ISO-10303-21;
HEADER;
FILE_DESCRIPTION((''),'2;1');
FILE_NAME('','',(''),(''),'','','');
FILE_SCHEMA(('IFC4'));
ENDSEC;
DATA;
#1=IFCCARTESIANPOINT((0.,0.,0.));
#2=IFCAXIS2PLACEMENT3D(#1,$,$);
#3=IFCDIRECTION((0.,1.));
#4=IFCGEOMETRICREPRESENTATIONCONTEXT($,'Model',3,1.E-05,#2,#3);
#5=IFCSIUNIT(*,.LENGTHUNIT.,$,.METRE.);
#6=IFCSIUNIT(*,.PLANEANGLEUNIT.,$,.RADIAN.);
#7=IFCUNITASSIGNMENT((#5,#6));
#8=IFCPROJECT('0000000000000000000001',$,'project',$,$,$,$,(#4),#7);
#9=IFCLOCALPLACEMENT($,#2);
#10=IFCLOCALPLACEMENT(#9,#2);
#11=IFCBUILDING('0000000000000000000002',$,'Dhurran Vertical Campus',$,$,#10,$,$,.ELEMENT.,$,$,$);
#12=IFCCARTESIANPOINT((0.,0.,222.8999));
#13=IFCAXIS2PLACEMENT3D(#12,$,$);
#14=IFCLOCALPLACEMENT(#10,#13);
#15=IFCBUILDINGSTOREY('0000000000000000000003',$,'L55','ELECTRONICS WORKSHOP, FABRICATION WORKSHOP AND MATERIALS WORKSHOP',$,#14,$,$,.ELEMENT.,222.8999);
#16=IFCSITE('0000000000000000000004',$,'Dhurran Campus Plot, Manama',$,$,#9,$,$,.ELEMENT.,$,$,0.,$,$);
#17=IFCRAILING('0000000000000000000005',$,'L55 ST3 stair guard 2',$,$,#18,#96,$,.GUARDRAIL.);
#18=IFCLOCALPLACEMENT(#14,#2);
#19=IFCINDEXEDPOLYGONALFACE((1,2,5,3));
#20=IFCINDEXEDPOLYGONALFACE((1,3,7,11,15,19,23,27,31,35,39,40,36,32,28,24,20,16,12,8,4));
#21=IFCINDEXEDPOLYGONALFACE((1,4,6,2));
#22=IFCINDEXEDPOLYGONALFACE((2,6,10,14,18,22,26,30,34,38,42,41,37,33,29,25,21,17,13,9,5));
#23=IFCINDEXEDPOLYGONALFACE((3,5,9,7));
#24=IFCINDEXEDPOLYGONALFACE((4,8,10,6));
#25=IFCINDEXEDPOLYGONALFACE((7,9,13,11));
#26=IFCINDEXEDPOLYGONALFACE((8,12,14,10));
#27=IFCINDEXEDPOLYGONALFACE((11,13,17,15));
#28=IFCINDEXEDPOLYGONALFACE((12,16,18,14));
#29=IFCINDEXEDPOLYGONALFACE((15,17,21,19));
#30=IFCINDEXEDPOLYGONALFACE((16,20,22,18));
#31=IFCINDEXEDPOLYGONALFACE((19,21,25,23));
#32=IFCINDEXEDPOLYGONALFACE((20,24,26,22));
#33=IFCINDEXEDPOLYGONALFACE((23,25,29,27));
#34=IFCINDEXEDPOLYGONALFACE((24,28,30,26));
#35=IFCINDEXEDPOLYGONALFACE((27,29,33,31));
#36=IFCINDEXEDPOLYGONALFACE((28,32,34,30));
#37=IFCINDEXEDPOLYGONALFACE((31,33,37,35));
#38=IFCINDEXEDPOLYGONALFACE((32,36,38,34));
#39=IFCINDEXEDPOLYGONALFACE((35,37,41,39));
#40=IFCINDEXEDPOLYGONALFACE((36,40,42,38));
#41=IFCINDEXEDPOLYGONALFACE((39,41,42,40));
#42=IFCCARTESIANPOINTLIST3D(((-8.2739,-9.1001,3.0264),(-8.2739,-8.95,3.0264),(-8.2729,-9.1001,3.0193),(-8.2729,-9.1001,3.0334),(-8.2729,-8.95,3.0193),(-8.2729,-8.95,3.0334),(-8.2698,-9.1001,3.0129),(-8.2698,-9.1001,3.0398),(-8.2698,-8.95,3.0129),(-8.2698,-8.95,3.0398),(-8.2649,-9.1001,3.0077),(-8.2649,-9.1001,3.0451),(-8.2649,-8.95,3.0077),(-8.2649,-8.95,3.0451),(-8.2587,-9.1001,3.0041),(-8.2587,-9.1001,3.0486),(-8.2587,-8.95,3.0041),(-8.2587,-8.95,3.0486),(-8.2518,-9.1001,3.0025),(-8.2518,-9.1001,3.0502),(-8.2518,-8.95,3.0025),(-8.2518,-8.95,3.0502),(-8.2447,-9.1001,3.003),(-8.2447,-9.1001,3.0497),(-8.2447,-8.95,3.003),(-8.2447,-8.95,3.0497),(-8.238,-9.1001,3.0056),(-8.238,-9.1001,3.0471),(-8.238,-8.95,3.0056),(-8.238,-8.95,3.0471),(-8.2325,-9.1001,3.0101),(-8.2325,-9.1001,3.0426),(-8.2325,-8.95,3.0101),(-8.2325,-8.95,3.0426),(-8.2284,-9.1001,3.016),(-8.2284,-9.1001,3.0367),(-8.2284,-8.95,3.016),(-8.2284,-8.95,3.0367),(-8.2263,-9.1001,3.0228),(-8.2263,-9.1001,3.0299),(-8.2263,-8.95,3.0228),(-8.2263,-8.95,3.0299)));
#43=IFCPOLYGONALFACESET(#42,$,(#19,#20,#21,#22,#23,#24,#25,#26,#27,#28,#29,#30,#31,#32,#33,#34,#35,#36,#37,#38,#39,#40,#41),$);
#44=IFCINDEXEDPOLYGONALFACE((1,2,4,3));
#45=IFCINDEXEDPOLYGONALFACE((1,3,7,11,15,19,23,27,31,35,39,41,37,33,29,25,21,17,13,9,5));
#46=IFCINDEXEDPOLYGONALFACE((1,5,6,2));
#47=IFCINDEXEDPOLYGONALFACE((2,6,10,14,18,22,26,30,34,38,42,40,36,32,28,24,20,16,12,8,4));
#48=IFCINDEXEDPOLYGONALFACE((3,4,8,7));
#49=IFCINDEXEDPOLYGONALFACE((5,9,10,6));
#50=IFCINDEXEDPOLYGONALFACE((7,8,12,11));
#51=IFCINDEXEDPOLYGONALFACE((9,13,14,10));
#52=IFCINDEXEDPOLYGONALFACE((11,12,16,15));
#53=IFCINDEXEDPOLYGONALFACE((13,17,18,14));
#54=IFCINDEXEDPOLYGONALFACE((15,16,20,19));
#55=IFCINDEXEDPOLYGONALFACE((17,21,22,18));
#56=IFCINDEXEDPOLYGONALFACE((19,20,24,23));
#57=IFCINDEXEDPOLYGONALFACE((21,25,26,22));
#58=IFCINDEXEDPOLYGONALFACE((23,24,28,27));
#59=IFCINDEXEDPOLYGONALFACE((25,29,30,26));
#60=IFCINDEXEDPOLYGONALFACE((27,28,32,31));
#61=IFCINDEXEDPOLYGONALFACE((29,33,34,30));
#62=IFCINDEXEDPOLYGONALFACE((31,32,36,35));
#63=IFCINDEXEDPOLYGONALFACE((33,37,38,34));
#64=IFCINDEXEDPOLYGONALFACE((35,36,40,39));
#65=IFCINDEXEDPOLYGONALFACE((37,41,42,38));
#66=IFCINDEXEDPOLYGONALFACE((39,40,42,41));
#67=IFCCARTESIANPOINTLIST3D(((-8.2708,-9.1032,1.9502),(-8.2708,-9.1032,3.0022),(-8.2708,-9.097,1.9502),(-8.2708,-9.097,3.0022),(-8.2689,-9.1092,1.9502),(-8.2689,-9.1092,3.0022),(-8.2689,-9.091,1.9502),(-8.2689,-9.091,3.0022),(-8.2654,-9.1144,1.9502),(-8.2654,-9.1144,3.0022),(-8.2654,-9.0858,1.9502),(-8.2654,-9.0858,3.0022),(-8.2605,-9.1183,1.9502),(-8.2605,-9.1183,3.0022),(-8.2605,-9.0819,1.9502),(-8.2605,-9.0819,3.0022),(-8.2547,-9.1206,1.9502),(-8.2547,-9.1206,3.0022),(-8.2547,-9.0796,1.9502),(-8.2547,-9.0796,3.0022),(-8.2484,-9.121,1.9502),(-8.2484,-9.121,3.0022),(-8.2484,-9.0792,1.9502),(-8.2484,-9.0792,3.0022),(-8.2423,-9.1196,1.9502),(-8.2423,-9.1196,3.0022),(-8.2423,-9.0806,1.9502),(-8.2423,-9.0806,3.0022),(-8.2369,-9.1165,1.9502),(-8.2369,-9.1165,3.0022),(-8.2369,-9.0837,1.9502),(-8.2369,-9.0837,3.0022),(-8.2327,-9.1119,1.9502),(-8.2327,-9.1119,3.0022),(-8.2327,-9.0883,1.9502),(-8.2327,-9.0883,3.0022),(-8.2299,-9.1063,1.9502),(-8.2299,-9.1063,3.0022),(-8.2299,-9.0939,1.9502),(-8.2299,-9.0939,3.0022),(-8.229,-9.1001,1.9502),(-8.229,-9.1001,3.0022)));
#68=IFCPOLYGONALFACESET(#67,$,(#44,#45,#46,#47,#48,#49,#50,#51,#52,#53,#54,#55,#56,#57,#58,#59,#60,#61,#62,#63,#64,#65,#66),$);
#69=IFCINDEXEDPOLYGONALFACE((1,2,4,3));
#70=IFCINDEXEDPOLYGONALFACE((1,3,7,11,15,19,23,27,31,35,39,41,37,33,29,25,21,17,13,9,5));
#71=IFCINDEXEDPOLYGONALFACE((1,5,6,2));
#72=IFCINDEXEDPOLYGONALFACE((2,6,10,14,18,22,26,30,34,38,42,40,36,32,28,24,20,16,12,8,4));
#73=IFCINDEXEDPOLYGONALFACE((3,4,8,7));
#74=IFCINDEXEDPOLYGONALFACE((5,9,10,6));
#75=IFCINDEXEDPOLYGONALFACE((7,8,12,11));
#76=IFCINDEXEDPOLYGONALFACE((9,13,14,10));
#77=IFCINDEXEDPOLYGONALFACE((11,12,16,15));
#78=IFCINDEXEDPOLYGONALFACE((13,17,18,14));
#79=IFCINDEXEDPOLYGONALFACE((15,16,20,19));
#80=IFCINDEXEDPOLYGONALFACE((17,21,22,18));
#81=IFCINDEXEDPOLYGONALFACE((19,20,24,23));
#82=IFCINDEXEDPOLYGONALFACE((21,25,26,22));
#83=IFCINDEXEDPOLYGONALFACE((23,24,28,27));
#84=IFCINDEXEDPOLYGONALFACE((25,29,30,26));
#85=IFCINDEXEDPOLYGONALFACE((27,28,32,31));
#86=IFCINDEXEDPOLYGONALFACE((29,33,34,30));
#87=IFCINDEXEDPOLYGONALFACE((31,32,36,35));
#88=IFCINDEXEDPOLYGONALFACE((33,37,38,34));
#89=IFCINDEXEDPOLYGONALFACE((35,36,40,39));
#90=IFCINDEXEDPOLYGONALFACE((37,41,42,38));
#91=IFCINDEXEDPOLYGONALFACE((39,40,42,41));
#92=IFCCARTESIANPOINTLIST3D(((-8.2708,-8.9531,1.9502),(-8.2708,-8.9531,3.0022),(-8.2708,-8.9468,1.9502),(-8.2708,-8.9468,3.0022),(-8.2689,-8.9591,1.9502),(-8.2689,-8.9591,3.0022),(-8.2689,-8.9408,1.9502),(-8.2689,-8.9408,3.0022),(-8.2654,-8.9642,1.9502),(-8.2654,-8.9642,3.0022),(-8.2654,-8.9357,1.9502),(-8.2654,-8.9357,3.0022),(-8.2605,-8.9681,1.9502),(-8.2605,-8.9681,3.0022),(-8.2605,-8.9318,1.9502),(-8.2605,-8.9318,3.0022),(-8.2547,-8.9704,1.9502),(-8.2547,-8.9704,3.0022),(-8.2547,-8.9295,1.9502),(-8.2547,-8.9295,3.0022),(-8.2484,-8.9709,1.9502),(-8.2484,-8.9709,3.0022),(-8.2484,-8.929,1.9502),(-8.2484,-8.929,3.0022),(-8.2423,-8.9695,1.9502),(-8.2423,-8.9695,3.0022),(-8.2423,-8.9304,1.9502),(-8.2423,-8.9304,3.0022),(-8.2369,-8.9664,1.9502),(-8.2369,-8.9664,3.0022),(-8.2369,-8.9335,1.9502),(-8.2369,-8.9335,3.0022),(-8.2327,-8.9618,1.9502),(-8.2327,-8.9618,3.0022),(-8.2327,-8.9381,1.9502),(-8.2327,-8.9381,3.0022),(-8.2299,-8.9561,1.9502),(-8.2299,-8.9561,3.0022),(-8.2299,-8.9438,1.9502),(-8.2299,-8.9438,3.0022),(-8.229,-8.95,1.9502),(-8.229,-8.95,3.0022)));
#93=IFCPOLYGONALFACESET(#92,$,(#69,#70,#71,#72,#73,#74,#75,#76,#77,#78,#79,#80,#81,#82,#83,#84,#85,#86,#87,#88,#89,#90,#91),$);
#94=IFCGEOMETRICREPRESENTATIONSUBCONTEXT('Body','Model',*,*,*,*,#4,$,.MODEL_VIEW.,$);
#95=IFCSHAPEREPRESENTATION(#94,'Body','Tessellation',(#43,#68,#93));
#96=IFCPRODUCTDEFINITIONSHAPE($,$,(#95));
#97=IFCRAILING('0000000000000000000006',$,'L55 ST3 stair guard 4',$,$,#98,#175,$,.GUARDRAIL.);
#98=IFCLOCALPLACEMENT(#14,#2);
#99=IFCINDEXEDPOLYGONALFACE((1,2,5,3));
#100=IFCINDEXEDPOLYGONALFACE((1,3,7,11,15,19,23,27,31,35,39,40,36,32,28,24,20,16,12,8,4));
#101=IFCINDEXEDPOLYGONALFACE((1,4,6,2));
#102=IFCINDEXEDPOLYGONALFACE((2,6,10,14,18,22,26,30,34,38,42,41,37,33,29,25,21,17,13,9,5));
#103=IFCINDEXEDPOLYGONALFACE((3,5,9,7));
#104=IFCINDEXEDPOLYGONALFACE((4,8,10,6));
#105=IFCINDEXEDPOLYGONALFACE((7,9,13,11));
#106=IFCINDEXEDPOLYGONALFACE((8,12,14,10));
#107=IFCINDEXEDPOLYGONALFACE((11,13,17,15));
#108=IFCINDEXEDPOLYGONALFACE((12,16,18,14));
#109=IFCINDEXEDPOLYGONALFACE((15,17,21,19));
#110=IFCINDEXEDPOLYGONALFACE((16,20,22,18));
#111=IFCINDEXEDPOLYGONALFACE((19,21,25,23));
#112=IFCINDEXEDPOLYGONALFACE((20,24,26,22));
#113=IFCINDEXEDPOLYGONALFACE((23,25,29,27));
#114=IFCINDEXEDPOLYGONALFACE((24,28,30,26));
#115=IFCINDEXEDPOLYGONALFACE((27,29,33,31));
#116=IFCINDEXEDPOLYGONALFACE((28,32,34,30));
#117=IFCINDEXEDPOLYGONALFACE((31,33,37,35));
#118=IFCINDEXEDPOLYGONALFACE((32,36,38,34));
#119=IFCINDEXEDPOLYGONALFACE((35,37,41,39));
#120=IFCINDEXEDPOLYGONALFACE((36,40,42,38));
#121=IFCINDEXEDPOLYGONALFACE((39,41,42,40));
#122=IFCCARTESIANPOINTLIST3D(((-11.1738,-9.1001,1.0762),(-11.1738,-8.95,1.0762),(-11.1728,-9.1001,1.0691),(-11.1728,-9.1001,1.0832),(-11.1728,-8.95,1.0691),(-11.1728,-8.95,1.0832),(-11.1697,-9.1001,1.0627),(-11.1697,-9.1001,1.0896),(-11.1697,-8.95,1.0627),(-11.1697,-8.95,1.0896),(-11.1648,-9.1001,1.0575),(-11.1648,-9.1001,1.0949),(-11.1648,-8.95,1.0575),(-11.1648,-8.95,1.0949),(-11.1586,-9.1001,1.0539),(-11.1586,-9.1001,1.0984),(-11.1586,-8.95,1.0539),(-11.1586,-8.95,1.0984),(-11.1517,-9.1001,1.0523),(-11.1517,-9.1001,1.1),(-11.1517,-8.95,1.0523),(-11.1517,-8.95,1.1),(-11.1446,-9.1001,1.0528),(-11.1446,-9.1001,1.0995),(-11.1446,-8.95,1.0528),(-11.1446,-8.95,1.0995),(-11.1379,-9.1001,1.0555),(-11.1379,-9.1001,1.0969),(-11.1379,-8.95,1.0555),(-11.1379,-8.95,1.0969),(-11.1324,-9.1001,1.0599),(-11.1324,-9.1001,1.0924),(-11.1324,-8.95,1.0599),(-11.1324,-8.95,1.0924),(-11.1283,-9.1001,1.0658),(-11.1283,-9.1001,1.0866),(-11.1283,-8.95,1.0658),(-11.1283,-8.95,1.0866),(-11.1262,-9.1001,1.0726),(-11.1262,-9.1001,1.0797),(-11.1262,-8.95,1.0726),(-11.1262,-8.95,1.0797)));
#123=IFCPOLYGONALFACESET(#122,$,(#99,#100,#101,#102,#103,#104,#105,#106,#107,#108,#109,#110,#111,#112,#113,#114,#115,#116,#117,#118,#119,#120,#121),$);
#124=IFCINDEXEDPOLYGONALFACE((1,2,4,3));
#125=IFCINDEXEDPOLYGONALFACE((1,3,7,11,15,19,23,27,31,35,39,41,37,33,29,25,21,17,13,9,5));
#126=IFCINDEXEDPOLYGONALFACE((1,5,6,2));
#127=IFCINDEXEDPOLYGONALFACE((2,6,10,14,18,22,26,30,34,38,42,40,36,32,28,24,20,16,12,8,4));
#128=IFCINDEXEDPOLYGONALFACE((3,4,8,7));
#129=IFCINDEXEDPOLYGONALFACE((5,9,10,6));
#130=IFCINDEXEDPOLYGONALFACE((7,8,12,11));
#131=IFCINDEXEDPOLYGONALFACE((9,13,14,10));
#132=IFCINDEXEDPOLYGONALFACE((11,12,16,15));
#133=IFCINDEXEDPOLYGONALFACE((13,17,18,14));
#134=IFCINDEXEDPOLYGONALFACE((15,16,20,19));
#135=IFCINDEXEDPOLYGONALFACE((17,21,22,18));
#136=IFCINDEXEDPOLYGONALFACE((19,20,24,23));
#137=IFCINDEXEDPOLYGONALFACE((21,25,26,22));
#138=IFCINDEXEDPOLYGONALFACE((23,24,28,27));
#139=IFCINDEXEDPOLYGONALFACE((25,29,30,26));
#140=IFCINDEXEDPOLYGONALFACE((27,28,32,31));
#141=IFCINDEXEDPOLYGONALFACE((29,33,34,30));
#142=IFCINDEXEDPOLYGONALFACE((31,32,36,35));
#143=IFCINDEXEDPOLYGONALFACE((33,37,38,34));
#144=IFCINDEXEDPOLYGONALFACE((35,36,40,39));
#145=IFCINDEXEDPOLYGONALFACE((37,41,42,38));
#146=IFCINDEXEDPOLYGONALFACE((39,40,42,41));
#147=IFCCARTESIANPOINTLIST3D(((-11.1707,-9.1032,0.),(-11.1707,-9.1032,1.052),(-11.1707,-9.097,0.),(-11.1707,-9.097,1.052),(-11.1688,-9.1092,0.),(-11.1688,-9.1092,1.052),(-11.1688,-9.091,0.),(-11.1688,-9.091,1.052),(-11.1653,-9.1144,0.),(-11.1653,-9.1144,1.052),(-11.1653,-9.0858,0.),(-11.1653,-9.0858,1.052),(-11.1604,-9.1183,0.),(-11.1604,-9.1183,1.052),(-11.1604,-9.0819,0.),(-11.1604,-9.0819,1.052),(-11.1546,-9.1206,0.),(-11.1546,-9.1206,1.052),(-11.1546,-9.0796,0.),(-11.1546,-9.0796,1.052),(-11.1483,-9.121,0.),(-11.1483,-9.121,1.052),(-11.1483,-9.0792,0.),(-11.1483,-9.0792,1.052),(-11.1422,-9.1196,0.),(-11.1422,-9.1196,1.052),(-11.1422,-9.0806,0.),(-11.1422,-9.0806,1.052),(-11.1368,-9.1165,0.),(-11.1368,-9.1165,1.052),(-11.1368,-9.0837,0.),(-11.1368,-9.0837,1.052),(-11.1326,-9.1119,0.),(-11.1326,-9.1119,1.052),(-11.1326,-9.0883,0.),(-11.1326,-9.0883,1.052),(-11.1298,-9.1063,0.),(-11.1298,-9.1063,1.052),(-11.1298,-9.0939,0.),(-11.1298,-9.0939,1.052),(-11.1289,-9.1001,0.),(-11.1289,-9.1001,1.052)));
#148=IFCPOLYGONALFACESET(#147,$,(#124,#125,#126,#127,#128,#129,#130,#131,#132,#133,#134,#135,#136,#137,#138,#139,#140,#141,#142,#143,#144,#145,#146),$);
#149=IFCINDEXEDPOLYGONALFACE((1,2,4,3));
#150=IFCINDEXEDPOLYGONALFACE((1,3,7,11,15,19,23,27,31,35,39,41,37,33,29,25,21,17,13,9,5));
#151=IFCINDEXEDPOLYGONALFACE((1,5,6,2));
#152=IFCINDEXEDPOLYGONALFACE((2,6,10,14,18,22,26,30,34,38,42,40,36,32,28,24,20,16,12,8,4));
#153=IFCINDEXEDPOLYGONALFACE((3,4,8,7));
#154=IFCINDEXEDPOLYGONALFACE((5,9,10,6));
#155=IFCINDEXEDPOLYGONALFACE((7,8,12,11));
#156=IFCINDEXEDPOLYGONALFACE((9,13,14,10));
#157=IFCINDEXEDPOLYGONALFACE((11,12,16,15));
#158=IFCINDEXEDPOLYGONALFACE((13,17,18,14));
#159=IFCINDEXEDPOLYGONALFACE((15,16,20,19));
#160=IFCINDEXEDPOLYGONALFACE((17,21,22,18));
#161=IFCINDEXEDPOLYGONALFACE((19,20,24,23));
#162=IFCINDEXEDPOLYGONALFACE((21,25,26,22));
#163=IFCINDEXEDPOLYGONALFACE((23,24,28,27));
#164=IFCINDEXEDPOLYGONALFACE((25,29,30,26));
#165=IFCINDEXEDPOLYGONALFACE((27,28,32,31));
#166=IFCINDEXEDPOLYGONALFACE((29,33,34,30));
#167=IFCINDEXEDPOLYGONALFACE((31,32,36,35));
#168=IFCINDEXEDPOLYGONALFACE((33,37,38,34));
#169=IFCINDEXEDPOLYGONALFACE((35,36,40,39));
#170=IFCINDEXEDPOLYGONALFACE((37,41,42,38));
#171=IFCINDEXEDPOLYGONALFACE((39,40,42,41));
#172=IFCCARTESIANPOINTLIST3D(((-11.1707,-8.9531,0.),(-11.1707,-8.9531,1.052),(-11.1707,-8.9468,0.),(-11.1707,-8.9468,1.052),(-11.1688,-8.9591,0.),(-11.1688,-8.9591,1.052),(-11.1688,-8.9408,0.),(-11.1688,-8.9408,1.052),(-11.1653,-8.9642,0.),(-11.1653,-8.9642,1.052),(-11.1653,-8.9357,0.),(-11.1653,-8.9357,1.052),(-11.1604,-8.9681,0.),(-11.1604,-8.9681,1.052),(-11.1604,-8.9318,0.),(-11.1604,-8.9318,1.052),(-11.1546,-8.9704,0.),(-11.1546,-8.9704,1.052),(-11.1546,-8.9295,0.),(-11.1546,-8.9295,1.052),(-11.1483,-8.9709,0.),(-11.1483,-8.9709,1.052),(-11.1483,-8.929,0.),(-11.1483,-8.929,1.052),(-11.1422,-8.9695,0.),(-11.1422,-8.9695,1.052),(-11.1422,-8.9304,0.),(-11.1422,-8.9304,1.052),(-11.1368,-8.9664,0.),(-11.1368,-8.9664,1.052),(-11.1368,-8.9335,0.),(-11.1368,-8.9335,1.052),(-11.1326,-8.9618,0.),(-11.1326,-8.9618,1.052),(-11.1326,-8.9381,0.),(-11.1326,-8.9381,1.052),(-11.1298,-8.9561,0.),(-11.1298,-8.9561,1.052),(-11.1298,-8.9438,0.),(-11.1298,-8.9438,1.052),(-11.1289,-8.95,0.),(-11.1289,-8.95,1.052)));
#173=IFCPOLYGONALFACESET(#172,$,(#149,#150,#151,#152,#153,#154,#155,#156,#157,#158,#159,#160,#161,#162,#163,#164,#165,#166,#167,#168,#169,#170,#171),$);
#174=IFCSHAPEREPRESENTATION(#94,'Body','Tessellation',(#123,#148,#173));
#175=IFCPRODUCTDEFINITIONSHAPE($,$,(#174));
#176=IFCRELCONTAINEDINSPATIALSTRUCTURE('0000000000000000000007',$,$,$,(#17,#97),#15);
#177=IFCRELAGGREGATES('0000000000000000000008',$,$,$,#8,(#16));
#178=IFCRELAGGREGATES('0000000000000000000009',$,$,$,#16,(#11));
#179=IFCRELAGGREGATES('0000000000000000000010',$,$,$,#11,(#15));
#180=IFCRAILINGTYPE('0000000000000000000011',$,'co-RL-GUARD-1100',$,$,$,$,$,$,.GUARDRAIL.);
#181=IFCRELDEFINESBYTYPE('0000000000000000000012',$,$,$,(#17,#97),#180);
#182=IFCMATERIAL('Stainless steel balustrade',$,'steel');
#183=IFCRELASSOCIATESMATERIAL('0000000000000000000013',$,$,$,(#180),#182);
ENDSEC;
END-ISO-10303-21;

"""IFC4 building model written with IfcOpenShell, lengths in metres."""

from ifc_helpers import new_model, si_unit, direction, frame, origin, origin_2d, place, context, subcontext, project, spatial, circle, extrude, material, type_object, element, save


model = new_model("IFC4")

# Units and contexts
model_context = context("Model", 3, precision=1e-05, world=origin(), true_north=direction((0.0, 1.0)))
body_context = subcontext(model_context, "Body", "Model", "MODEL_VIEW")
ifc_project = project(units=[si_unit("LENGTHUNIT", "METRE"), si_unit("PLANEANGLEUNIT", "RADIAN")], contexts=[model_context])

# Site, building, storey
site_placement = place(None, origin())
site = spatial("IfcSite", under=ifc_project, at=site_placement, Name="Dhurran Campus Plot, Manama", CompositionType="ELEMENT", RefElevation=0.0)
building_placement = place(site_placement, origin())
building = spatial("IfcBuilding", under=site, at=building_placement, Name="Dhurran Vertical Campus", CompositionType="ELEMENT")
storey_placement = place(building_placement, frame((0.0, 0.0, 222.8999)))
storey = spatial("IfcBuildingStorey", under=building, at=storey_placement, Name="L55", Description="ELECTRONICS WORKSHOP, FABRICATION WORKSHOP AND MATERIALS WORKSHOP", CompositionType="ELEMENT", Elevation=222.8999)

# Railings
ifc_material_1 = material(Name="Stainless steel balustrade", Category="steel")
railing_type_1 = type_object("IfcRailingType", Name="co-RL-GUARD-1100", PredefinedType="GUARDRAIL", material=ifc_material_1)
for number, where, name in (
    (1, (-8.25, -9.1001, 1.9502), "L55 ST3 stair guard 2"),
    (2, (-11.1499, -9.1001, 0.0), "L55 ST3 stair guard 4"),
):
    element("IfcRailing", number, at=place(storey_placement, frame(where)), inside=storey, type_object=railing_type_1, Name=name, PredefinedType="GUARDRAIL", context=body_context, shape_type="SweptSolid", body=[
        extrude(circle(Radius=0.0239, at=origin_2d()), frame((0.0, 0.0, 1.0762), z_axis=(0.0, 1.0, 0.0), x_axis=(-1.0, 0.0, 0.0)), (0.0, 0.0, 1.0), 0.1501),
        extrude(circle(Radius=0.021, at=origin_2d()), origin(), (0.0, 0.0, 1.0), 1.052),
        extrude(circle(Radius=0.021, at=origin_2d()), frame((0.0, 0.1501, 0.0)), (0.0, 0.0, 1.0), 1.052),
    ])

save(model, "model.ifc")
